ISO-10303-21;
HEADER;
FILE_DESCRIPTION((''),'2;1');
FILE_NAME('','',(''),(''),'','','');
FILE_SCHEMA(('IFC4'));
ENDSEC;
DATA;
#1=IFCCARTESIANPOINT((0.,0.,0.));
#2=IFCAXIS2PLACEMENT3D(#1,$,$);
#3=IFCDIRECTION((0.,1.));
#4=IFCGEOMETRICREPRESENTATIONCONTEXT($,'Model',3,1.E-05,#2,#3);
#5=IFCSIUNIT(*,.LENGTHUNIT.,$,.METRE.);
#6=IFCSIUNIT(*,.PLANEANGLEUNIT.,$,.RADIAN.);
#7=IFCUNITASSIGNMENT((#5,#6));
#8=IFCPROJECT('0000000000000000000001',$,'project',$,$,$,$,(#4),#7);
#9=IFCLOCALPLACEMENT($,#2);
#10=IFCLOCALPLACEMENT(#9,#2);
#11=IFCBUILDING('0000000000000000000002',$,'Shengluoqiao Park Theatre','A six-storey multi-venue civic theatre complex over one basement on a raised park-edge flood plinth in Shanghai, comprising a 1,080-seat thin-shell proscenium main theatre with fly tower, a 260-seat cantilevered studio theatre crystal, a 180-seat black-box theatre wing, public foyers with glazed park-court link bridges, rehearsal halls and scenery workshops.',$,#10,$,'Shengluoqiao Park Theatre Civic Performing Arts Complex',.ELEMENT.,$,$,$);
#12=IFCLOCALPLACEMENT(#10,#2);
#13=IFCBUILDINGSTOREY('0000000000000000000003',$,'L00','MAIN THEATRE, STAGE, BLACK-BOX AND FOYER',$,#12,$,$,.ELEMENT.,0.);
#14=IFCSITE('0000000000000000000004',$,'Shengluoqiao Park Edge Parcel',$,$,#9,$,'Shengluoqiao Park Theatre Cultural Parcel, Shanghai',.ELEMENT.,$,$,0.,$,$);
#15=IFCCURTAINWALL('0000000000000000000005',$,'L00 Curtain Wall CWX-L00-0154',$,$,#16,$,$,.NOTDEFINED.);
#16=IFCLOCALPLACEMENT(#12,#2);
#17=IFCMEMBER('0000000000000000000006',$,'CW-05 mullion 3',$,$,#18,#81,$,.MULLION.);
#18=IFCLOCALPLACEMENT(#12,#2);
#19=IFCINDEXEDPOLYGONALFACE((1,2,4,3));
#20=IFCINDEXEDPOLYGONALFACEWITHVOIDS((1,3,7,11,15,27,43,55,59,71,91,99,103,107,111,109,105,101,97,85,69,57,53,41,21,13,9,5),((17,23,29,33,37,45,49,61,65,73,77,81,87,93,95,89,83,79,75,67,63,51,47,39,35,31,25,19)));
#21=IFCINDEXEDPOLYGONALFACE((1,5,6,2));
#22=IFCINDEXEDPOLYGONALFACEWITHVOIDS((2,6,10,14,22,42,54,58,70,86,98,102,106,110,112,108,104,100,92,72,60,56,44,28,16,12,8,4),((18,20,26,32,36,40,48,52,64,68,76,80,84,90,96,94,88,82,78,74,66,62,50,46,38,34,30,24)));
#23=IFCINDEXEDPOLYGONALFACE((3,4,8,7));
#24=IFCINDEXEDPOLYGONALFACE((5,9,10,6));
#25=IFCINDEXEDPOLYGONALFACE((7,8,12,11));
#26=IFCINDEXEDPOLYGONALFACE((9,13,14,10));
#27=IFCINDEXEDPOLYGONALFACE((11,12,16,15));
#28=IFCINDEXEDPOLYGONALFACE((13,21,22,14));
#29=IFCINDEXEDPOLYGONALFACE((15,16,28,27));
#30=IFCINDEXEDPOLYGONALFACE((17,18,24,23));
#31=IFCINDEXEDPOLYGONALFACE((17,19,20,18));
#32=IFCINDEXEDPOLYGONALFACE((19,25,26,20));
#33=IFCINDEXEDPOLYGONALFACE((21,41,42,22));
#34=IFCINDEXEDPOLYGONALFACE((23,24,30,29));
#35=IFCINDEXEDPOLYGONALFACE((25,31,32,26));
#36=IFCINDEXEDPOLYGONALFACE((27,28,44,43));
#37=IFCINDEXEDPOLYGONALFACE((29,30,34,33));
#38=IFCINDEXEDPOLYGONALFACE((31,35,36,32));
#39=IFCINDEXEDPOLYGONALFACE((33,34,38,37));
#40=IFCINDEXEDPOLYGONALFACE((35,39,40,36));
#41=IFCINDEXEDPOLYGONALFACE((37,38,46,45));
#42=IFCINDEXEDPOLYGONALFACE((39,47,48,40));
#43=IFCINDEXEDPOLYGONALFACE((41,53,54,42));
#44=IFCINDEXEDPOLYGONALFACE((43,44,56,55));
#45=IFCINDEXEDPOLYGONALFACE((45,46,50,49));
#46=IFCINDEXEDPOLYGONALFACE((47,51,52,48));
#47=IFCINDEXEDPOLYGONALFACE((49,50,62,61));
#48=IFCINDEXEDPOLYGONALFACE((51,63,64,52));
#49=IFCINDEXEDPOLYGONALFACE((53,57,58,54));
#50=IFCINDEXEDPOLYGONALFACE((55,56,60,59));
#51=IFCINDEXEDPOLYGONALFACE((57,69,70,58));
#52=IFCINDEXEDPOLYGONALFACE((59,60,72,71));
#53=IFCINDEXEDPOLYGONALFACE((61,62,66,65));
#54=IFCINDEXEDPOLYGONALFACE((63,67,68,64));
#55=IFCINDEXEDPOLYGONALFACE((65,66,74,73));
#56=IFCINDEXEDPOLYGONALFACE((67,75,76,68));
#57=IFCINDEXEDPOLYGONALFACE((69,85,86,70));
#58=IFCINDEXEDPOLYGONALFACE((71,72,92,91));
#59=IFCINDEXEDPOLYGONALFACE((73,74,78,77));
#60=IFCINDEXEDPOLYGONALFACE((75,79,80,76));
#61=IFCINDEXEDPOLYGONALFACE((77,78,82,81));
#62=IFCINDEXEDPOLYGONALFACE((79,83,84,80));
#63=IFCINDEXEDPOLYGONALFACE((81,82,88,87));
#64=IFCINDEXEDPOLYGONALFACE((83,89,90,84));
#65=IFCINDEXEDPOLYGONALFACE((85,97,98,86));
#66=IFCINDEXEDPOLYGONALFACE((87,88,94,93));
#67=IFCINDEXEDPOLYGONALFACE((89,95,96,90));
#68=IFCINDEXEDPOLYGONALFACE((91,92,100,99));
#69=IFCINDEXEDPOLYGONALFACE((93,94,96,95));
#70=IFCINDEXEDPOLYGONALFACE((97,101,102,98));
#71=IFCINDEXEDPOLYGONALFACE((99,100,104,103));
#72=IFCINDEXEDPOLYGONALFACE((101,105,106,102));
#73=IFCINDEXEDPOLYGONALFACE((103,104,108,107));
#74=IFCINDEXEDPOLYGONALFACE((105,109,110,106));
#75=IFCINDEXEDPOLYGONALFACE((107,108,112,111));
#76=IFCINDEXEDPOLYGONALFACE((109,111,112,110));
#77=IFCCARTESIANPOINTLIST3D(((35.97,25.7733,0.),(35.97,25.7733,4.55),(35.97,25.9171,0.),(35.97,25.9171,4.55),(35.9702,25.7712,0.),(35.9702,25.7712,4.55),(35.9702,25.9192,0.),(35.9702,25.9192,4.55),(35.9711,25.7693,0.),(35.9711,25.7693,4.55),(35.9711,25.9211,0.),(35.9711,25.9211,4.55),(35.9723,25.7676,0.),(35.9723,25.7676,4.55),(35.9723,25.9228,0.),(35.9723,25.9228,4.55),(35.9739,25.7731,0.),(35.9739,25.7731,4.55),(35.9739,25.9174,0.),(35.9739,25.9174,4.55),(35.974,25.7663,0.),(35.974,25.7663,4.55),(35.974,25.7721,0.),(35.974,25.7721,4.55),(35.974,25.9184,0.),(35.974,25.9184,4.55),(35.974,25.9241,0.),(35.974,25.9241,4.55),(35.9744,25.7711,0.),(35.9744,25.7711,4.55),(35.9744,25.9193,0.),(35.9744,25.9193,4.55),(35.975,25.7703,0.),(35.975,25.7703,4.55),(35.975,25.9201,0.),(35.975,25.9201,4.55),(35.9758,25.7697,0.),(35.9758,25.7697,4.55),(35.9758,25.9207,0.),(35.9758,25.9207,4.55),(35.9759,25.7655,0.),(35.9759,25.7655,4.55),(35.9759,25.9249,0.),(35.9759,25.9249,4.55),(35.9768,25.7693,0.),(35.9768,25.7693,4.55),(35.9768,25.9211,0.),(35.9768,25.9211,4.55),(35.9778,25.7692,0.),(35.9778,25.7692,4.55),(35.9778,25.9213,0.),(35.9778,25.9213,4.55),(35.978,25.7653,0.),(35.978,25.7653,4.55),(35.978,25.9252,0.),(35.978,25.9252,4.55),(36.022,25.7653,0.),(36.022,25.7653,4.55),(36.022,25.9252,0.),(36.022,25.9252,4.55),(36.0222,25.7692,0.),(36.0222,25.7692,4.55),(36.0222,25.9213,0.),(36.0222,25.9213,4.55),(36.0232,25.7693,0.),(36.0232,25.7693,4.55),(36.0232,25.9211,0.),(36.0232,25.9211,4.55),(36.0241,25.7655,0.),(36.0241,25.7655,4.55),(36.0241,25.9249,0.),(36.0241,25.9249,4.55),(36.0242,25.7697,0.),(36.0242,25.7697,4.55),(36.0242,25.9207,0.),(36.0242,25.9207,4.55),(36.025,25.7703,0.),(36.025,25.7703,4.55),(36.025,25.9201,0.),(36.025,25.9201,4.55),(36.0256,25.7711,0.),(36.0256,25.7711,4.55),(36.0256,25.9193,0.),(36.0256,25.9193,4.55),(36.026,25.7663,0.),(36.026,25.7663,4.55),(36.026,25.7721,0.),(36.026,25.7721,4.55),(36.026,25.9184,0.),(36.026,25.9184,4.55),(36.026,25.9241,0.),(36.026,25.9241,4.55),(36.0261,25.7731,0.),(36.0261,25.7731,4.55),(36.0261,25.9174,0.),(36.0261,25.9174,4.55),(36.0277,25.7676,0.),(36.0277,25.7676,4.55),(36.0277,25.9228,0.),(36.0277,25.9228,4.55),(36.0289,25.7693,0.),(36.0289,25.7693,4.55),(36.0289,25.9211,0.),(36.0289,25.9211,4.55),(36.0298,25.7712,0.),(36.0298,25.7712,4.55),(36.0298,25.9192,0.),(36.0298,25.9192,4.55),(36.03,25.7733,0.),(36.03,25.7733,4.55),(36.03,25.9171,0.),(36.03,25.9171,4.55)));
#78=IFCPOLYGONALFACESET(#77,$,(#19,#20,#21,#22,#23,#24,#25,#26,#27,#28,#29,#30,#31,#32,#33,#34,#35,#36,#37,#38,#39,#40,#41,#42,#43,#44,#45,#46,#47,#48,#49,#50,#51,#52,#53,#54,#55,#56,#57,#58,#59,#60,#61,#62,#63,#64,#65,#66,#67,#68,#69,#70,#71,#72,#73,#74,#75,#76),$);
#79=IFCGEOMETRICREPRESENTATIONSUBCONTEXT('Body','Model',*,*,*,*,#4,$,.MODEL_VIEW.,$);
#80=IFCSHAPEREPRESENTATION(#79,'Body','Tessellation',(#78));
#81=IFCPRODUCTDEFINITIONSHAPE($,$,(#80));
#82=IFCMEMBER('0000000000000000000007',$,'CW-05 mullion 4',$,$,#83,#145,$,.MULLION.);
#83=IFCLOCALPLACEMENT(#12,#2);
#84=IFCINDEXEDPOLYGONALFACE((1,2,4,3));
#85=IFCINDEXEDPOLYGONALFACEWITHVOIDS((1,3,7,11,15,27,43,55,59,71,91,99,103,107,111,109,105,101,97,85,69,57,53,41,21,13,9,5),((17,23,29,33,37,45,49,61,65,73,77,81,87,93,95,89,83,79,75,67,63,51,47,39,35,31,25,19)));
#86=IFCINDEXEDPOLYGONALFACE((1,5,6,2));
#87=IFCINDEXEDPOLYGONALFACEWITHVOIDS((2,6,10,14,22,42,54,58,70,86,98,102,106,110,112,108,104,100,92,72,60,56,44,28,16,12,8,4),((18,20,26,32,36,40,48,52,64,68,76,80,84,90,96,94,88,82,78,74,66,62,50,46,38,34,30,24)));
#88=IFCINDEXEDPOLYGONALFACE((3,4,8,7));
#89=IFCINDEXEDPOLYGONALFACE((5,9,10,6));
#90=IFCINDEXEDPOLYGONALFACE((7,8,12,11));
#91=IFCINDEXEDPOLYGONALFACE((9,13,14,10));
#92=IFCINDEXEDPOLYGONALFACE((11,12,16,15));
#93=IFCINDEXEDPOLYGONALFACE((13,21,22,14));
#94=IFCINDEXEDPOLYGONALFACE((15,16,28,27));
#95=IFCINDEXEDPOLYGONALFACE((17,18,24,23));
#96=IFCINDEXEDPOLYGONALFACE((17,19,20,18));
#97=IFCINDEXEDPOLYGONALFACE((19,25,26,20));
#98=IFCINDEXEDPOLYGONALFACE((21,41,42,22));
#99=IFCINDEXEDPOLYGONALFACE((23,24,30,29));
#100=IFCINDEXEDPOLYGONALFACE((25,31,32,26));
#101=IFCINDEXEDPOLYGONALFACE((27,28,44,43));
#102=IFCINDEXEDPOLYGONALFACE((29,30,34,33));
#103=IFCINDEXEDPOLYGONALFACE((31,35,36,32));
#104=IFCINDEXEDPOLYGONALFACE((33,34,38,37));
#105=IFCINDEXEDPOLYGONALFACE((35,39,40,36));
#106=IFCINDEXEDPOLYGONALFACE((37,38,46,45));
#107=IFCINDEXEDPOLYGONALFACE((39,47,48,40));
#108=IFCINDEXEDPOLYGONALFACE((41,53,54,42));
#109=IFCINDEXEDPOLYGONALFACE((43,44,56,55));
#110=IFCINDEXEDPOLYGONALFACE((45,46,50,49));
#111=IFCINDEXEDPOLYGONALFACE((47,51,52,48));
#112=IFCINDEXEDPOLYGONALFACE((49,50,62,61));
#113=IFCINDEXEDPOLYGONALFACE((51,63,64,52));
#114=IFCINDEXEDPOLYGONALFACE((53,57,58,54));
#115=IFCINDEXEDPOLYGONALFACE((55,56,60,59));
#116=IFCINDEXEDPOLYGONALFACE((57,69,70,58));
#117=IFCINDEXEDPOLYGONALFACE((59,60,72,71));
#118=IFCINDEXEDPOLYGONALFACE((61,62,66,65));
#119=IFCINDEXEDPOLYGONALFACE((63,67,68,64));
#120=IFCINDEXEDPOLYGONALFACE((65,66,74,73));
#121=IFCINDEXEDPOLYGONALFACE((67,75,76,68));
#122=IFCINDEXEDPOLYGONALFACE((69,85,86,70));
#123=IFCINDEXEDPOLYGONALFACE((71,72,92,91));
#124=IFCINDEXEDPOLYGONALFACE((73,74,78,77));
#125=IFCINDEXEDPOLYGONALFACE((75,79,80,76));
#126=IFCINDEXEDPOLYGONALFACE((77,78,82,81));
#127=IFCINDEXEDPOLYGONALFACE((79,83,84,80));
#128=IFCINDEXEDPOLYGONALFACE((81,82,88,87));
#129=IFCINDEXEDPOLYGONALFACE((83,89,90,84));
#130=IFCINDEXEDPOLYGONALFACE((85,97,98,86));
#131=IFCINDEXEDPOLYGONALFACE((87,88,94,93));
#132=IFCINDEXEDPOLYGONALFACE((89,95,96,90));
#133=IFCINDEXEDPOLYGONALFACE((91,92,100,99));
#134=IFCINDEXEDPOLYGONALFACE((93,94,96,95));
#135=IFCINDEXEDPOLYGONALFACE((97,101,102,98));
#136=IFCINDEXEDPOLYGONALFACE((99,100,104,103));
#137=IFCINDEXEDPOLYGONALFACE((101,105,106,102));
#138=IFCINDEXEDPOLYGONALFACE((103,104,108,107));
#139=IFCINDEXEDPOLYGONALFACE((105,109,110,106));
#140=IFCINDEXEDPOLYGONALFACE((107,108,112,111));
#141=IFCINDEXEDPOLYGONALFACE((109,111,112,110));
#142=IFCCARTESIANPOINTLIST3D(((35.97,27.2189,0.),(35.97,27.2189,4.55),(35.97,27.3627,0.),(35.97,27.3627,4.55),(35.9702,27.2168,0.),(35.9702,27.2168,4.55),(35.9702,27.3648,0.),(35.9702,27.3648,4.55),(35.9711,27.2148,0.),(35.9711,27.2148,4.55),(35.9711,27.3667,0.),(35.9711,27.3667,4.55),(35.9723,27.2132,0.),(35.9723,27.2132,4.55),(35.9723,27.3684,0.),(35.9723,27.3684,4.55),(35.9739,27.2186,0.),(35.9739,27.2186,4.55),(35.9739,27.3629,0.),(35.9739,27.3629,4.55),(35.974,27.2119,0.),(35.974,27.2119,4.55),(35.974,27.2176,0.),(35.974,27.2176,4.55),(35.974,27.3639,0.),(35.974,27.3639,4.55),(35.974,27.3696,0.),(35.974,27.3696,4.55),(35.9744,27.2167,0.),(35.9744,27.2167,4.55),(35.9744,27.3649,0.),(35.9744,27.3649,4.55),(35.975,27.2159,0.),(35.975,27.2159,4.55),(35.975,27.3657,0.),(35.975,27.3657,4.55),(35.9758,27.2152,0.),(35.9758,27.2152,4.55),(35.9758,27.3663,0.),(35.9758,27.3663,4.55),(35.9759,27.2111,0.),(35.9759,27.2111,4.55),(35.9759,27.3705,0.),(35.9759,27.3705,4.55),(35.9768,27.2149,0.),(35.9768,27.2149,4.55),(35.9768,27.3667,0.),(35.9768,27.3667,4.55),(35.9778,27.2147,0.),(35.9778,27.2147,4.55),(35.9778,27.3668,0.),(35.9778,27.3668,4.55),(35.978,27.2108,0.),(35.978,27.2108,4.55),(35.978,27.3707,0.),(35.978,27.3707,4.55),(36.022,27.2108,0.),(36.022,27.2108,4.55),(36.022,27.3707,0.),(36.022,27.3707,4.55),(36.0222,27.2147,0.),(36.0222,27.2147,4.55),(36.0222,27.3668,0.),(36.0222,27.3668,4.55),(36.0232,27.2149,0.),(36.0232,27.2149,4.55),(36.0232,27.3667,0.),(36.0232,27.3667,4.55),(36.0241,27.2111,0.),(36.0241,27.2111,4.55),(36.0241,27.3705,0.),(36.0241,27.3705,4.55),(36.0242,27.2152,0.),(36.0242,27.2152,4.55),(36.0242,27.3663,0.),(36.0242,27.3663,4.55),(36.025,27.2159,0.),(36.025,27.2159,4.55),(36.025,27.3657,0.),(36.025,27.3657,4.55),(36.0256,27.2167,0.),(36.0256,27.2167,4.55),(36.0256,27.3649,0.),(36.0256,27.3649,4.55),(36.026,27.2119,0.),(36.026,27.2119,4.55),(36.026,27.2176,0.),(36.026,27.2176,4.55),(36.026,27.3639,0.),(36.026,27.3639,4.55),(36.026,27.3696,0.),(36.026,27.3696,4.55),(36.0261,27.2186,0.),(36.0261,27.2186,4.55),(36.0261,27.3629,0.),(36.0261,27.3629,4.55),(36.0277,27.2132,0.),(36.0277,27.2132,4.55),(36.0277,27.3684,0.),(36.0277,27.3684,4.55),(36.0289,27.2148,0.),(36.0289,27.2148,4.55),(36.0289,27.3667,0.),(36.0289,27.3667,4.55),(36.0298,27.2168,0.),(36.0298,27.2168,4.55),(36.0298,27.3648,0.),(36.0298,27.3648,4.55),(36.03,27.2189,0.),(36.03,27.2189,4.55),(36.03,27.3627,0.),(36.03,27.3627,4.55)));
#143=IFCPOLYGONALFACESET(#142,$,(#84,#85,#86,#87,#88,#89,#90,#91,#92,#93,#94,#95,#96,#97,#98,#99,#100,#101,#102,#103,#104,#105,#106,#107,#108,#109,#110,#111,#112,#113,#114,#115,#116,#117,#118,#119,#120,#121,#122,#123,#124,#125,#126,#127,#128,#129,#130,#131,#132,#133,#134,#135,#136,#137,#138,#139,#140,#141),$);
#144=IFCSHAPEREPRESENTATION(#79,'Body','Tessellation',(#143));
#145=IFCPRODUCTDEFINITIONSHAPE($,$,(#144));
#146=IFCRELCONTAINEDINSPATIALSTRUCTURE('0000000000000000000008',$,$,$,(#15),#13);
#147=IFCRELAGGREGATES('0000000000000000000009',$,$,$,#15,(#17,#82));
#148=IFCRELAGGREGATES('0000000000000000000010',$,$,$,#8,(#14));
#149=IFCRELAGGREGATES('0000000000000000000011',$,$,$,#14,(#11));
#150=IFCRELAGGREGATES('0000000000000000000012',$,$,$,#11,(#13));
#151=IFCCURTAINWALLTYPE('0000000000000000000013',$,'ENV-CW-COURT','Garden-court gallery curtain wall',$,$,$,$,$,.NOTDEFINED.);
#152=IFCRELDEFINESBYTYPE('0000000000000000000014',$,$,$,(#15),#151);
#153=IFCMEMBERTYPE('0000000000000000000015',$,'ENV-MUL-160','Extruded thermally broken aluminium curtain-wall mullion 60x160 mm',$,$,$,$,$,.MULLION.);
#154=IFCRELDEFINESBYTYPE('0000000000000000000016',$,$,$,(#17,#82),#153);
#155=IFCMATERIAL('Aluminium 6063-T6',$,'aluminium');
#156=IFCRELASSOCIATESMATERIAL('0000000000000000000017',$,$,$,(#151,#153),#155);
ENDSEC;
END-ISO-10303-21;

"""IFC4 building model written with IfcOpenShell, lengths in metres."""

from ifc_helpers import new_model, si_unit, direction, frame, origin, origin_2d, place, context, subcontext, project, spatial, hollow_rectangle, extrude, material, material_profile, profile_set, type_object, element, aggregate, save


model = new_model("IFC4")

# Units and contexts
model_context = context("Model", 3, precision=1e-05, world=origin(), true_north=direction((0.0, 1.0)))
body_context = subcontext(model_context, "Body", "Model", "MODEL_VIEW")
ifc_project = project(units=[si_unit("LENGTHUNIT", "METRE"), si_unit("PLANEANGLEUNIT", "RADIAN")], contexts=[model_context])

# Site, building, storey
site_placement = place(None, origin())
site = spatial("IfcSite", under=ifc_project, at=site_placement, Name="Shengluoqiao Park Edge Parcel", LongName="Shengluoqiao Park Theatre Cultural Parcel, Shanghai", CompositionType="ELEMENT", RefElevation=0.0)
building_placement = place(site_placement, origin())
building = spatial("IfcBuilding", under=site, at=building_placement, Name="Shengluoqiao Park Theatre", Description="A six-storey multi-venue civic theatre complex over one basement on a raised park-edge flood plinth in Shanghai, comprising a 1,080-seat thin-shell proscenium main theatre with fly tower, a 260-seat cantilevered studio theatre crystal, a 180-seat black-box theatre wing, public foyers with glazed park-court link bridges, rehearsal halls and scenery workshops.", LongName="Shengluoqiao Park Theatre Civic Performing Arts Complex", CompositionType="ELEMENT")
storey_placement = place(building_placement, origin())
storey = spatial("IfcBuildingStorey", under=building, at=storey_placement, Name="L00", Description="MAIN THEATRE, STAGE, BLACK-BOX AND FOYER", CompositionType="ELEMENT", Elevation=0.0)

# Curtain wall, members
ifc_material_1 = material(Name="Aluminium 6063-T6", Category="aluminium")
curtain_wall_type = type_object("IfcCurtainWallType", Name="ENV-CW-COURT", Description="Garden-court gallery curtain wall", PredefinedType="NOTDEFINED", material=ifc_material_1)
ifc_material_profile_1 = material_profile(ifc_material_1, hollow_rectangle(XDim=0.0601, YDim=0.1599, WallThickness=0.0039, InnerFilletRadius=0.0039, OuterFilletRadius=0.0081, at=origin_2d()), Name="ALU MULLION 160x60x4")
ifc_profile_set_1 = profile_set([ifc_material_profile_1], Name="Aluminium 6063-T6")
member_type_1 = type_object("IfcMemberType", Name="ENV-MUL-160", Description="Extruded thermally broken aluminium curtain-wall mullion 60x160 mm", PredefinedType="MULLION", material=ifc_profile_set_1)
curtain_wall_1_placement = place(storey_placement, origin())
curtain_wall_1 = element("IfcCurtainWall", 1, at=curtain_wall_1_placement, inside=storey, type_object=curtain_wall_type, Name="L00 Curtain Wall CWX-L00-0154", PredefinedType="NOTDEFINED")
member_1_placement = place(storey_placement, frame((36.0, 25.8452, 0.0), z_axis=(0.0, 0.0, 1.0), x_axis=(-1.0, 0.0, 0.0)))
member_1 = element("IfcMember", 2, at=member_1_placement, type_object=member_type_1, Name="CW-05 mullion 3", PredefinedType="MULLION", context=body_context, shape_type="SweptSolid", body=[
    extrude(hollow_rectangle(XDim=0.0601, YDim=0.1599, WallThickness=0.0039, InnerFilletRadius=0.0039, OuterFilletRadius=0.0081, at=origin_2d()), origin(), (0.0, 0.0, 1.0), 4.55),
])
member_2_placement = place(storey_placement, frame((36.0, 27.2908, 0.0), z_axis=(0.0, 0.0, 1.0), x_axis=(-1.0, 0.0, 0.0)))
member_2 = element("IfcMember", 3, at=member_2_placement, type_object=member_type_1, Name="CW-05 mullion 4", PredefinedType="MULLION", context=body_context, shape_type="SweptSolid", body=[
    extrude(hollow_rectangle(XDim=0.0601, YDim=0.1599, WallThickness=0.0039, InnerFilletRadius=0.0039, OuterFilletRadius=0.0081, at=origin_2d()), origin(), (0.0, 0.0, 1.0), 4.55),
])

aggregate(curtain_wall_1, [member_1, member_2])

save(model, "model.ifc")
